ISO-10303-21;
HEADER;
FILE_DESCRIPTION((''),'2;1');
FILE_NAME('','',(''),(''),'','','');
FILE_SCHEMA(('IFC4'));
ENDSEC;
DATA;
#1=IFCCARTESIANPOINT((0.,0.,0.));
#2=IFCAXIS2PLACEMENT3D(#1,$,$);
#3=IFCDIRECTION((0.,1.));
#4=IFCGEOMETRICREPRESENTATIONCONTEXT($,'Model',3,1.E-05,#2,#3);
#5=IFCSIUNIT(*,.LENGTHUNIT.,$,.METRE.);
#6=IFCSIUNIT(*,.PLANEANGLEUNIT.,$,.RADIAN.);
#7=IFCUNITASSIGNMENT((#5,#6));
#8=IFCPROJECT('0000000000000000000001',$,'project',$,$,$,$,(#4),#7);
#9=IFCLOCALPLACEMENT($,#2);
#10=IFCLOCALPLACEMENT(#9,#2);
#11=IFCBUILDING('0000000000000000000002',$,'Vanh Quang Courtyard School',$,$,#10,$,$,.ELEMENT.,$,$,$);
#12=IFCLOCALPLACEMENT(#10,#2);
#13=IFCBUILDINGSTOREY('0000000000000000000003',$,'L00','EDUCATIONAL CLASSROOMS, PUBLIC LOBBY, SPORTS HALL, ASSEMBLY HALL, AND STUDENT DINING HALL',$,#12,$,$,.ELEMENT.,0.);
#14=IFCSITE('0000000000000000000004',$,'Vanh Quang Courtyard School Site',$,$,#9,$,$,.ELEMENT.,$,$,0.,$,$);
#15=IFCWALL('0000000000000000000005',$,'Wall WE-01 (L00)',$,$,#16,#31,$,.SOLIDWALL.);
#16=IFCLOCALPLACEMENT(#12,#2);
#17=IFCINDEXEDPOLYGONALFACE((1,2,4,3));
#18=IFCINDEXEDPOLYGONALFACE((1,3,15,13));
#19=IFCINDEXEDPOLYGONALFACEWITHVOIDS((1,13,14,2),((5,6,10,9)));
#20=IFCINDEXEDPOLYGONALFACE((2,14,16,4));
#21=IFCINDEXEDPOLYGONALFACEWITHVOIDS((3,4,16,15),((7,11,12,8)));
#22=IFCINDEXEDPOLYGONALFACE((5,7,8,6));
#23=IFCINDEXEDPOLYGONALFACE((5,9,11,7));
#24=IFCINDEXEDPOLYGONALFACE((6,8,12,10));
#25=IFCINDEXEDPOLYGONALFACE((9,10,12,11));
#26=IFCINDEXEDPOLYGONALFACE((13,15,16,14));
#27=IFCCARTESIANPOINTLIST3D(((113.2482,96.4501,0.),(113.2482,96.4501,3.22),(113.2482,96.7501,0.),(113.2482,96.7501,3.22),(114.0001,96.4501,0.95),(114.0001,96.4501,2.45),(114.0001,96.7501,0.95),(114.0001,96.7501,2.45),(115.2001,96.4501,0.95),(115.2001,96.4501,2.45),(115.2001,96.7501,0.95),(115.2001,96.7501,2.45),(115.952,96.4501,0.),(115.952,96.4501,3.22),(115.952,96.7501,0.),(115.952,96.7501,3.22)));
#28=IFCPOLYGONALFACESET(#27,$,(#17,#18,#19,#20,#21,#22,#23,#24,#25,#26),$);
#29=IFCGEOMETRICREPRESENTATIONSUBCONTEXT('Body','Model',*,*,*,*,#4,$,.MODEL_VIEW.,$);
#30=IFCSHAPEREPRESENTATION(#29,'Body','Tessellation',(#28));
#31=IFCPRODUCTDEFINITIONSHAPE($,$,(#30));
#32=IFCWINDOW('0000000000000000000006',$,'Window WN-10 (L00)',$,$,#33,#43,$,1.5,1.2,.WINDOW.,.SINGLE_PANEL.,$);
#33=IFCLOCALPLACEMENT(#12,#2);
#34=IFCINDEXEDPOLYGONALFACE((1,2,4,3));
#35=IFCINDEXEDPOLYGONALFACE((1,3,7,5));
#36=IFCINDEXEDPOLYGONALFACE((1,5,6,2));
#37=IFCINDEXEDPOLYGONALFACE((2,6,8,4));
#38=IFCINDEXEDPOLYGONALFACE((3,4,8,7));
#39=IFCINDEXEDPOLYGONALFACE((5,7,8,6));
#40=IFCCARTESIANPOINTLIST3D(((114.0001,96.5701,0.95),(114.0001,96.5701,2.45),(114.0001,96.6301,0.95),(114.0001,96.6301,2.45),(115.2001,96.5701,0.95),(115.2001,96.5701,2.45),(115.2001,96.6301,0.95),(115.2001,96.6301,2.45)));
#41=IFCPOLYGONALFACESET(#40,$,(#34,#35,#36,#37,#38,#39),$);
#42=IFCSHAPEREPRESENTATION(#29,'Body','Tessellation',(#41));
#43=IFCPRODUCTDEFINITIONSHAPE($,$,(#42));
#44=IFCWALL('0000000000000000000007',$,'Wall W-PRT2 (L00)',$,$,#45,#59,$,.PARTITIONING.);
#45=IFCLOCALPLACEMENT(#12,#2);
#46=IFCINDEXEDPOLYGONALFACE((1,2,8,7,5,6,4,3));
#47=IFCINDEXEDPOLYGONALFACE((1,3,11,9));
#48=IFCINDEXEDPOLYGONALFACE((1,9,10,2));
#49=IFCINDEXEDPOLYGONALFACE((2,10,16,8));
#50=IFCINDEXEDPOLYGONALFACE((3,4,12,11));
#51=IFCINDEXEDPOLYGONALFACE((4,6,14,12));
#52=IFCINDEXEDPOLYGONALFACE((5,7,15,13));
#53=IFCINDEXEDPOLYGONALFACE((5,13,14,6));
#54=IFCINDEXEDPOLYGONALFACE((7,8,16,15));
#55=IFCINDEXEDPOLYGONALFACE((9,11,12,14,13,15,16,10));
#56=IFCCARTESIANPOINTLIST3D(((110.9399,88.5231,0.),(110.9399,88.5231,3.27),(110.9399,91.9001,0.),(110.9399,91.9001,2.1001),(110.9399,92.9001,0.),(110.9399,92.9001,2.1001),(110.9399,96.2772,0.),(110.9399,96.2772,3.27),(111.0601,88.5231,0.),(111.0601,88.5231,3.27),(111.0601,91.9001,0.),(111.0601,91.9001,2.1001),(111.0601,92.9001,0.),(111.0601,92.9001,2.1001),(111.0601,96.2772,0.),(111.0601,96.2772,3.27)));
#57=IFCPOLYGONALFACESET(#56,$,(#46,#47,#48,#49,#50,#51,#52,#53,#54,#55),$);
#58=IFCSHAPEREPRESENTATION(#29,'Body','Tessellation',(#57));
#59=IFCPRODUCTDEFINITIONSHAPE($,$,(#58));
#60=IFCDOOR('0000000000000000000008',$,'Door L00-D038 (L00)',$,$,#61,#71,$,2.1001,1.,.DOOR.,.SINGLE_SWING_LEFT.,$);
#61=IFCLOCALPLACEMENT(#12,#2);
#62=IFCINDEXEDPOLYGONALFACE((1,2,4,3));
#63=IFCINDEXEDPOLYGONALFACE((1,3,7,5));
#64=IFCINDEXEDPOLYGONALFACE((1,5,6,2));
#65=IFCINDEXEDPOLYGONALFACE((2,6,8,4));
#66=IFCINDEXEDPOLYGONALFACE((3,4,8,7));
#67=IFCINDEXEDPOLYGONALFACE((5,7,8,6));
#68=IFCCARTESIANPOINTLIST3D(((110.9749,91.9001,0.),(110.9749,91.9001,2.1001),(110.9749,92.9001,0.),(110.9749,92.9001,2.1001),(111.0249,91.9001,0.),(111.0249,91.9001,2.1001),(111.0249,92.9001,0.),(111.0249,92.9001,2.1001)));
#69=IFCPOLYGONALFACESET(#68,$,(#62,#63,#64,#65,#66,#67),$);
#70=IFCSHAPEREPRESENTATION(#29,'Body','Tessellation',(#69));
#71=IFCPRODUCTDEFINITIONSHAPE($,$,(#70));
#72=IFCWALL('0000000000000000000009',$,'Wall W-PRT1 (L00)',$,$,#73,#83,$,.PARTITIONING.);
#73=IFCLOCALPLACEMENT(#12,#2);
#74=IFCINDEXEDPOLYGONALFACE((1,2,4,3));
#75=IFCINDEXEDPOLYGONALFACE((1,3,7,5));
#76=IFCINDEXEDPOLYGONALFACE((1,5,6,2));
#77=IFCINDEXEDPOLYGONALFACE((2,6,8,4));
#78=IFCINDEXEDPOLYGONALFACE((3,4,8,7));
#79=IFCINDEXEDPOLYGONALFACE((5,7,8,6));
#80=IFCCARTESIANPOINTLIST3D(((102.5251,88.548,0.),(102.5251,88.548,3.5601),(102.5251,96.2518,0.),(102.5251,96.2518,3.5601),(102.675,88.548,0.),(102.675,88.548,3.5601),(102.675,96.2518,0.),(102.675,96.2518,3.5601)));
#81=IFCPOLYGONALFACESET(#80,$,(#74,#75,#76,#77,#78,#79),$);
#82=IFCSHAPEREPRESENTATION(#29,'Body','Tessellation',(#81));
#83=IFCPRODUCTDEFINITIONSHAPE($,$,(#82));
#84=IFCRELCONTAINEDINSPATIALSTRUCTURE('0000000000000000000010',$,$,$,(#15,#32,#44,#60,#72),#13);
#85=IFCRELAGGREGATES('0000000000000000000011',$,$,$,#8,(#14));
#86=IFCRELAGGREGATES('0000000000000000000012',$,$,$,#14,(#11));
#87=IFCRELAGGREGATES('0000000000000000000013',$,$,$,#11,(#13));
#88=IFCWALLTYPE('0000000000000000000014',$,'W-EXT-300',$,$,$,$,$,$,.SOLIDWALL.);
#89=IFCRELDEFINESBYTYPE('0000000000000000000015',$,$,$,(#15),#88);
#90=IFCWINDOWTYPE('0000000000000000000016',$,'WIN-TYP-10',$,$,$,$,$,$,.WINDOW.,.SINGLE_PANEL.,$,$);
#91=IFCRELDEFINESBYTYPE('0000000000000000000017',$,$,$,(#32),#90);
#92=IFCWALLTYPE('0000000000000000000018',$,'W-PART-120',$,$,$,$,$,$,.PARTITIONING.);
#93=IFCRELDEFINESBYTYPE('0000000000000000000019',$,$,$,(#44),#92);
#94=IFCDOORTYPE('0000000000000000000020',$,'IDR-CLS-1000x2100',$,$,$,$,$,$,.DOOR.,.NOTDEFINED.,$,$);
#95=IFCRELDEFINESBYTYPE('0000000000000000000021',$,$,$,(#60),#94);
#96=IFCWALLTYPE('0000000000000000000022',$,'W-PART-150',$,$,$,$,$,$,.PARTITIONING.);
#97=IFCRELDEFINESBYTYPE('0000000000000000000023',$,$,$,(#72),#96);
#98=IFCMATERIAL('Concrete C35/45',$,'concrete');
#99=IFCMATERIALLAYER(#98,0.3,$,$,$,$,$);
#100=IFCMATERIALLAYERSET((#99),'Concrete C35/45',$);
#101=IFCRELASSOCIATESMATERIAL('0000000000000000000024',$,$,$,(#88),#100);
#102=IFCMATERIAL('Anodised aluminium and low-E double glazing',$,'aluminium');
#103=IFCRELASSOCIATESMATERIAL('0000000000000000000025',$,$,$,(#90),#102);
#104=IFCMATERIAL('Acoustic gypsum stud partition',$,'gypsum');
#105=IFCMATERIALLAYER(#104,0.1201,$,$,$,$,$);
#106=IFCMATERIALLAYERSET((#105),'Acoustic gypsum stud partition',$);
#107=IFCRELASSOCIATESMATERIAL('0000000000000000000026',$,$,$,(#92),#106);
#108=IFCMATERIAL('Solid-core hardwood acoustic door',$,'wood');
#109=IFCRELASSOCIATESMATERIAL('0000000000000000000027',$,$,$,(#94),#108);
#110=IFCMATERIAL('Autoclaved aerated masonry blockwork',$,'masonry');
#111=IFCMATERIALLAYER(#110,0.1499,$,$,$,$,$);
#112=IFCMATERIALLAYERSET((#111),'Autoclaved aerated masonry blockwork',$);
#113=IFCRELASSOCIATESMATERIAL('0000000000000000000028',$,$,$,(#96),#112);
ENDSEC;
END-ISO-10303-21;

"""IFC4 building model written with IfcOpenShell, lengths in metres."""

from ifc_helpers import new_model, si_unit, direction, frame, frame_2d, origin, place, context, subcontext, project, spatial, rectangle, extrude, material, layer, layer_set, type_object, element, fill, save


model = new_model("IFC4")

# Units and contexts
model_context = context("Model", 3, precision=1e-05, world=origin(), true_north=direction((0.0, 1.0)))
body_context = subcontext(model_context, "Body", "Model", "MODEL_VIEW")
ifc_project = project(units=[si_unit("LENGTHUNIT", "METRE"), si_unit("PLANEANGLEUNIT", "RADIAN")], contexts=[model_context])

# Site, building, storey
site_placement = place(None, origin())
site = spatial("IfcSite", under=ifc_project, at=site_placement, Name="Vanh Quang Courtyard School Site", CompositionType="ELEMENT", RefElevation=0.0)
building_placement = place(site_placement, origin())
building = spatial("IfcBuilding", under=site, at=building_placement, Name="Vanh Quang Courtyard School", CompositionType="ELEMENT")
storey_placement = place(building_placement, origin())
storey = spatial("IfcBuildingStorey", under=building, at=storey_placement, Name="L00", Description="EDUCATIONAL CLASSROOMS, PUBLIC LOBBY, SPORTS HALL, ASSEMBLY HALL, AND STUDENT DINING HALL", CompositionType="ELEMENT", Elevation=0.0)

# Shared definitions
ifc_material_1 = material(Name="Concrete C35/45", Category="concrete")

# Shared definitions
ifc_layer_1 = layer(ifc_material_1, 0.3)
ifc_layer_set_1 = layer_set([ifc_layer_1], Name="Concrete C35/45")
wall_type_1 = type_object("IfcWallType", Name="W-EXT-300", PredefinedType="SOLIDWALL", material=ifc_layer_set_1)

# Wall, opening, window
wall_1_placement = place(storey_placement, frame((113.248, 96.6001, 0.0), z_axis=(0.0, 0.0, 1.0), x_axis=(1.0, 0.0, 0.0)))
wall_1 = element("IfcWall", 1, at=wall_1_placement, inside=storey, type_object=wall_type_1, Name="Wall WE-01 (L00)", PredefinedType="SOLIDWALL", context=body_context, shape_type="SweptSolid", body=[
    extrude(rectangle(XDim=2.7039, YDim=0.3, at=frame_2d((1.3521, 0.0))), origin(), (0.0, 0.0, 1.0), 3.22),
])
opening_1_placement = place(wall_1_placement, frame((0.752, 0.0, 0.95)))
opening_1 = element("IfcOpeningElement", 2, at=opening_1_placement, cuts=wall_1, PredefinedType="OPENING", context=body_context, shape_type="SweptSolid", body=[
    extrude(rectangle(XDim=1.2, YDim=1.5, at=frame_2d((0.6001, 0.75))), frame((0.0, 0.1602, 0.0), z_axis=(0.0, -1.0, 0.0), x_axis=(1.0, 0.0, 0.0)), (0.0, 0.0, 1.0), 0.3201),
])
ifc_material_2 = material(Name="Anodised aluminium and low-E double glazing", Category="aluminium")
window_type = type_object("IfcWindowType", Name="WIN-TYP-10", PartitioningType="SINGLE_PANEL", PredefinedType="WINDOW", material=ifc_material_2)
window_placement = place(opening_1_placement, origin())
window = element("IfcWindow", 3, at=window_placement, inside=storey, type_object=window_type, Name="Window WN-10 (L00)", OverallHeight=1.5, OverallWidth=1.2, PartitioningType="SINGLE_PANEL", PredefinedType="WINDOW", context=body_context, shape_type="SweptSolid", body=[
    extrude(rectangle(XDim=1.2, YDim=1.5, at=frame_2d((0.6001, 0.75))), frame((0.0, 0.03, 0.0), z_axis=(0.0, -1.0, 0.0), x_axis=(1.0, 0.0, 0.0)), (0.0, 0.0, 1.0), 0.0601),
])
fill(opening_1, window)

# Wall, opening, door
ifc_material_3 = material(Name="Acoustic gypsum stud partition", Category="gypsum")
ifc_layer_2 = layer(ifc_material_3, 0.1201)
ifc_layer_set_2 = layer_set([ifc_layer_2], Name="Acoustic gypsum stud partition")
wall_type_2 = type_object("IfcWallType", Name="W-PART-120", PredefinedType="PARTITIONING", material=ifc_layer_set_2)
wall_2_placement = place(storey_placement, frame((111.0, 96.2771, 0.0), z_axis=(0.0, 0.0, 1.0), x_axis=(0.0, -1.0, 0.0)))
wall_2 = element("IfcWall", 4, at=wall_2_placement, inside=storey, type_object=wall_type_2, Name="Wall W-PRT2 (L00)", PredefinedType="PARTITIONING", context=body_context, shape_type="SweptSolid", body=[
    extrude(rectangle(XDim=7.7542, YDim=0.1201, at=frame_2d((3.877, 0.0))), origin(), (0.0, 0.0, 1.0), 3.27),
])
opening_2_placement = place(wall_2_placement, frame((3.377, 0.0, 0.0)))
opening_2 = element("IfcOpeningElement", 5, at=opening_2_placement, cuts=wall_2, PredefinedType="OPENING", context=body_context, shape_type="SweptSolid", body=[
    extrude(rectangle(XDim=1.0, YDim=2.1001, at=frame_2d((0.5, 1.05))), frame((0.0, 0.0701, 0.0), z_axis=(0.0, -1.0, 0.0), x_axis=(1.0, 0.0, 0.0)), (0.0, 0.0, 1.0), 0.1401),
])
ifc_material_4 = material(Name="Solid-core hardwood acoustic door", Category="wood")
door_type_1 = type_object("IfcDoorType", Name="IDR-CLS-1000x2100", OperationType="NOTDEFINED", PredefinedType="DOOR", material=ifc_material_4)
door_1_placement = place(opening_2_placement, origin())
door_1 = element("IfcDoor", 6, at=door_1_placement, inside=storey, type_object=door_type_1, Name="Door L00-D038 (L00)", OperationType="SINGLE_SWING_LEFT", OverallHeight=2.1001, OverallWidth=1.0, PredefinedType="DOOR", context=body_context, shape_type="SweptSolid", body=[
    extrude(rectangle(XDim=1.0, YDim=2.1001, at=frame_2d((0.5, 1.05))), frame((0.0, 0.0249, 0.0), z_axis=(0.0, -1.0, 0.0), x_axis=(1.0, 0.0, 0.0)), (0.0, 0.0, 1.0), 0.05),
])
fill(opening_2, door_1)

# Wall
ifc_material_5 = material(Name="Autoclaved aerated masonry blockwork", Category="masonry")
ifc_layer_3 = layer(ifc_material_5, 0.1499)
ifc_layer_set_3 = layer_set([ifc_layer_3], Name="Autoclaved aerated masonry blockwork")
wall_type_3 = type_object("IfcWallType", Name="W-PART-150", PredefinedType="PARTITIONING", material=ifc_layer_set_3)
wall_3_placement = place(storey_placement, frame((102.6001, 96.252, 0.0), z_axis=(0.0, 0.0, 1.0), x_axis=(0.0, -1.0, 0.0)))
element("IfcWall", 7, at=wall_3_placement, inside=storey, type_object=wall_type_3, Name="Wall W-PRT1 (L00)", PredefinedType="PARTITIONING", context=body_context, shape_type="SweptSolid", body=[
    extrude(rectangle(XDim=7.7039, YDim=0.1499, at=frame_2d((3.8521, 0.0))), origin(), (0.0, 0.0, 1.0), 3.5601),
])

save(model, "model.ifc")
